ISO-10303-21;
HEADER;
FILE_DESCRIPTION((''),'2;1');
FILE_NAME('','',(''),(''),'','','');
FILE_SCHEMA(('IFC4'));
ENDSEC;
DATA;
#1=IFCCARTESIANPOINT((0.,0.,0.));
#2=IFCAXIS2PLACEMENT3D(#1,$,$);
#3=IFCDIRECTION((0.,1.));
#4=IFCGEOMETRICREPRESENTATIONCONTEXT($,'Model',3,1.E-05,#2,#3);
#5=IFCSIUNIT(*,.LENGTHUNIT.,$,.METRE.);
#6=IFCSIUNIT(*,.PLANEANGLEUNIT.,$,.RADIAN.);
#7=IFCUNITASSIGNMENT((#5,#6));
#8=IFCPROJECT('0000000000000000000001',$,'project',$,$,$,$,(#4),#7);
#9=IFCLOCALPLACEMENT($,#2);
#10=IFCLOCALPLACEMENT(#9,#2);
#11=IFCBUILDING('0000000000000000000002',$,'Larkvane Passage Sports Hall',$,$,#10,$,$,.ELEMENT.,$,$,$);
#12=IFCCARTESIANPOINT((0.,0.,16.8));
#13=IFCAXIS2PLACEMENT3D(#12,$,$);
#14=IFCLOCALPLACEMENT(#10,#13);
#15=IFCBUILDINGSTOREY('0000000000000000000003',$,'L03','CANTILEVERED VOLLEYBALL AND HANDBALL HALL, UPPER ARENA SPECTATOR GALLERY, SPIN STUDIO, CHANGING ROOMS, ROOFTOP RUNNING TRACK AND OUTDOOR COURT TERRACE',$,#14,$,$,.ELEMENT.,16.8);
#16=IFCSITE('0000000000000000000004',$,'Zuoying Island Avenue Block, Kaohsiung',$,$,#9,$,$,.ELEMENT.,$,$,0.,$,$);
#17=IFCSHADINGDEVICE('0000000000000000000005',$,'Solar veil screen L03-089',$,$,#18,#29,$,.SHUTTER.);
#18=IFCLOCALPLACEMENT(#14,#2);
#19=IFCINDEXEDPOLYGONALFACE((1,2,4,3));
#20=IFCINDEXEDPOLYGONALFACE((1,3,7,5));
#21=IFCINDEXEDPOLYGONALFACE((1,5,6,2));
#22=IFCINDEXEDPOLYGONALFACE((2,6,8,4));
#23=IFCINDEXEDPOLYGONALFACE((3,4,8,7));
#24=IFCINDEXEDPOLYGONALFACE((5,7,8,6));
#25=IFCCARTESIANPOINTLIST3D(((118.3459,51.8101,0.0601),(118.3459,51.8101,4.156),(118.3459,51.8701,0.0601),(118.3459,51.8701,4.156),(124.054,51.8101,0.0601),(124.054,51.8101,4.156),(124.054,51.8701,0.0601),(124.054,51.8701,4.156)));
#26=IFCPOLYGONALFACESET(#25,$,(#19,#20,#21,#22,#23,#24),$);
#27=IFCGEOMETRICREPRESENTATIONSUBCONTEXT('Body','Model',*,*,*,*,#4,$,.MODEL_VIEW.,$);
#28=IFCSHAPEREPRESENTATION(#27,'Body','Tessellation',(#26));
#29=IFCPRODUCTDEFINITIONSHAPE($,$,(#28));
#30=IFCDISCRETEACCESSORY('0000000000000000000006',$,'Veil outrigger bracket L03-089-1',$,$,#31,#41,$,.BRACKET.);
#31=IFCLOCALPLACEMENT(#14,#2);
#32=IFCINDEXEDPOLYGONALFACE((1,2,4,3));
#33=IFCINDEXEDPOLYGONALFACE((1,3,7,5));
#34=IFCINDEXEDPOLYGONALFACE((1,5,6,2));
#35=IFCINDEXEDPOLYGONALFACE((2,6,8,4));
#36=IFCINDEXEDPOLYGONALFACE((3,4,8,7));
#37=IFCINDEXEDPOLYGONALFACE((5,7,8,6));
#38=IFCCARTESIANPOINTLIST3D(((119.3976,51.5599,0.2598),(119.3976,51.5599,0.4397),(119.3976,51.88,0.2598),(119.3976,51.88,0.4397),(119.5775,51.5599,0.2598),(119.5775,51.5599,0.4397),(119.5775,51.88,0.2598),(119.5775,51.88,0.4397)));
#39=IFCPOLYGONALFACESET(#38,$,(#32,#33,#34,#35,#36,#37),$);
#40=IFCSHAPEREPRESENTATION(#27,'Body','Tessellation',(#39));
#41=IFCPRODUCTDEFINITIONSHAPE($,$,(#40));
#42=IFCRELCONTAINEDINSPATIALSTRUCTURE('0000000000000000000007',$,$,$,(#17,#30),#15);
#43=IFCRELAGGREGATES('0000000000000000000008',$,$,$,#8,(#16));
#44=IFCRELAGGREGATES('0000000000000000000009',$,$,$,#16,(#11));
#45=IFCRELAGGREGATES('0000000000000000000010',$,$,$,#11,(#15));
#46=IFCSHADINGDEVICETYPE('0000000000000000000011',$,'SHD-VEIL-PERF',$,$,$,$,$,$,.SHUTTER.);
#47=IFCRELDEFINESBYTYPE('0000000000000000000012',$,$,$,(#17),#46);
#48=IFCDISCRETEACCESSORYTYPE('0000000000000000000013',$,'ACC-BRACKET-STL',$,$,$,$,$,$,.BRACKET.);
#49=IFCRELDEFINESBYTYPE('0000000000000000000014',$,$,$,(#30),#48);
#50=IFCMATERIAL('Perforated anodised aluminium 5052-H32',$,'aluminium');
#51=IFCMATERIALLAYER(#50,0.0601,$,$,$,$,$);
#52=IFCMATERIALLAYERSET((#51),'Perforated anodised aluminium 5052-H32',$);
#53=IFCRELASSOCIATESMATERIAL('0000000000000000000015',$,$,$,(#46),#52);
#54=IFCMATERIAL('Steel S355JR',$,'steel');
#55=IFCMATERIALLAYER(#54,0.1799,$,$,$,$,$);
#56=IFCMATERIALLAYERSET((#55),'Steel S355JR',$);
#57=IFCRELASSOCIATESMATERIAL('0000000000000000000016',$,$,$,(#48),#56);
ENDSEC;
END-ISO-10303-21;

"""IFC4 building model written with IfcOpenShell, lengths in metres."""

from ifc_helpers import new_model, si_unit, direction, frame, origin, origin_2d, place, context, subcontext, project, spatial, rectangle, extrude, material, layer, layer_set, type_object, element, save


model = new_model("IFC4")

# Units and contexts
model_context = context("Model", 3, precision=1e-05, world=origin(), true_north=direction((0.0, 1.0)))
body_context = subcontext(model_context, "Body", "Model", "MODEL_VIEW")
ifc_project = project(units=[si_unit("LENGTHUNIT", "METRE"), si_unit("PLANEANGLEUNIT", "RADIAN")], contexts=[model_context])

# Site, building, storey
site_placement = place(None, origin())
site = spatial("IfcSite", under=ifc_project, at=site_placement, Name="Zuoying Island Avenue Block, Kaohsiung", CompositionType="ELEMENT", RefElevation=0.0)
building_placement = place(site_placement, origin())
building = spatial("IfcBuilding", under=site, at=building_placement, Name="Larkvane Passage Sports Hall", CompositionType="ELEMENT")
storey_placement = place(building_placement, frame((0.0, 0.0, 16.8)))
storey = spatial("IfcBuildingStorey", under=building, at=storey_placement, Name="L03", Description="CANTILEVERED VOLLEYBALL AND HANDBALL HALL, UPPER ARENA SPECTATOR GALLERY, SPIN STUDIO, CHANGING ROOMS, ROOFTOP RUNNING TRACK AND OUTDOOR COURT TERRACE", CompositionType="ELEMENT", Elevation=16.8)

# Shading device
ifc_material_1 = material(Name="Perforated anodised aluminium 5052-H32", Category="aluminium")
ifc_layer_1 = layer(ifc_material_1, 0.0601)
ifc_layer_set_1 = layer_set([ifc_layer_1], Name="Perforated anodised aluminium 5052-H32")
shading_device_type = type_object("IfcShadingDeviceType", Name="SHD-VEIL-PERF", PredefinedType="SHUTTER", material=ifc_layer_set_1)
shading_device_placement = place(storey_placement, frame((121.2, 51.8401, 0.0601), z_axis=(0.0, 0.0, 1.0), x_axis=(1.0, 0.0, 0.0)))
element("IfcShadingDevice", 1, at=shading_device_placement, inside=storey, type_object=shading_device_type, Name="Solar veil screen L03-089", PredefinedType="SHUTTER", context=body_context, shape_type="SweptSolid", body=[
    extrude(rectangle(XDim=5.708, YDim=0.0601, at=origin_2d()), origin(), (0.0, 0.0, 1.0), 4.0959),
])

# Discrete accessory
ifc_material_2 = material(Name="Steel S355JR", Category="steel")
ifc_layer_2 = layer(ifc_material_2, 0.1799)
ifc_layer_set_2 = layer_set([ifc_layer_2], Name="Steel S355JR")
discrete_accessory_type = type_object("IfcDiscreteAccessoryType", Name="ACC-BRACKET-STL", PredefinedType="BRACKET", material=ifc_layer_set_2)
discrete_accessory_placement = place(storey_placement, frame((119.4875, 51.72, 0.2598), z_axis=(0.0, 0.0, 1.0), x_axis=(1.0, 0.0, 0.0)))
element("IfcDiscreteAccessory", 2, at=discrete_accessory_placement, inside=storey, type_object=discrete_accessory_type, Name="Veil outrigger bracket L03-089-1", PredefinedType="BRACKET", context=body_context, shape_type="SweptSolid", body=[
    extrude(rectangle(XDim=0.1799, YDim=0.3201, at=origin_2d()), origin(), (0.0, 0.0, 1.0), 0.1799),
])

save(model, "model.ifc")
